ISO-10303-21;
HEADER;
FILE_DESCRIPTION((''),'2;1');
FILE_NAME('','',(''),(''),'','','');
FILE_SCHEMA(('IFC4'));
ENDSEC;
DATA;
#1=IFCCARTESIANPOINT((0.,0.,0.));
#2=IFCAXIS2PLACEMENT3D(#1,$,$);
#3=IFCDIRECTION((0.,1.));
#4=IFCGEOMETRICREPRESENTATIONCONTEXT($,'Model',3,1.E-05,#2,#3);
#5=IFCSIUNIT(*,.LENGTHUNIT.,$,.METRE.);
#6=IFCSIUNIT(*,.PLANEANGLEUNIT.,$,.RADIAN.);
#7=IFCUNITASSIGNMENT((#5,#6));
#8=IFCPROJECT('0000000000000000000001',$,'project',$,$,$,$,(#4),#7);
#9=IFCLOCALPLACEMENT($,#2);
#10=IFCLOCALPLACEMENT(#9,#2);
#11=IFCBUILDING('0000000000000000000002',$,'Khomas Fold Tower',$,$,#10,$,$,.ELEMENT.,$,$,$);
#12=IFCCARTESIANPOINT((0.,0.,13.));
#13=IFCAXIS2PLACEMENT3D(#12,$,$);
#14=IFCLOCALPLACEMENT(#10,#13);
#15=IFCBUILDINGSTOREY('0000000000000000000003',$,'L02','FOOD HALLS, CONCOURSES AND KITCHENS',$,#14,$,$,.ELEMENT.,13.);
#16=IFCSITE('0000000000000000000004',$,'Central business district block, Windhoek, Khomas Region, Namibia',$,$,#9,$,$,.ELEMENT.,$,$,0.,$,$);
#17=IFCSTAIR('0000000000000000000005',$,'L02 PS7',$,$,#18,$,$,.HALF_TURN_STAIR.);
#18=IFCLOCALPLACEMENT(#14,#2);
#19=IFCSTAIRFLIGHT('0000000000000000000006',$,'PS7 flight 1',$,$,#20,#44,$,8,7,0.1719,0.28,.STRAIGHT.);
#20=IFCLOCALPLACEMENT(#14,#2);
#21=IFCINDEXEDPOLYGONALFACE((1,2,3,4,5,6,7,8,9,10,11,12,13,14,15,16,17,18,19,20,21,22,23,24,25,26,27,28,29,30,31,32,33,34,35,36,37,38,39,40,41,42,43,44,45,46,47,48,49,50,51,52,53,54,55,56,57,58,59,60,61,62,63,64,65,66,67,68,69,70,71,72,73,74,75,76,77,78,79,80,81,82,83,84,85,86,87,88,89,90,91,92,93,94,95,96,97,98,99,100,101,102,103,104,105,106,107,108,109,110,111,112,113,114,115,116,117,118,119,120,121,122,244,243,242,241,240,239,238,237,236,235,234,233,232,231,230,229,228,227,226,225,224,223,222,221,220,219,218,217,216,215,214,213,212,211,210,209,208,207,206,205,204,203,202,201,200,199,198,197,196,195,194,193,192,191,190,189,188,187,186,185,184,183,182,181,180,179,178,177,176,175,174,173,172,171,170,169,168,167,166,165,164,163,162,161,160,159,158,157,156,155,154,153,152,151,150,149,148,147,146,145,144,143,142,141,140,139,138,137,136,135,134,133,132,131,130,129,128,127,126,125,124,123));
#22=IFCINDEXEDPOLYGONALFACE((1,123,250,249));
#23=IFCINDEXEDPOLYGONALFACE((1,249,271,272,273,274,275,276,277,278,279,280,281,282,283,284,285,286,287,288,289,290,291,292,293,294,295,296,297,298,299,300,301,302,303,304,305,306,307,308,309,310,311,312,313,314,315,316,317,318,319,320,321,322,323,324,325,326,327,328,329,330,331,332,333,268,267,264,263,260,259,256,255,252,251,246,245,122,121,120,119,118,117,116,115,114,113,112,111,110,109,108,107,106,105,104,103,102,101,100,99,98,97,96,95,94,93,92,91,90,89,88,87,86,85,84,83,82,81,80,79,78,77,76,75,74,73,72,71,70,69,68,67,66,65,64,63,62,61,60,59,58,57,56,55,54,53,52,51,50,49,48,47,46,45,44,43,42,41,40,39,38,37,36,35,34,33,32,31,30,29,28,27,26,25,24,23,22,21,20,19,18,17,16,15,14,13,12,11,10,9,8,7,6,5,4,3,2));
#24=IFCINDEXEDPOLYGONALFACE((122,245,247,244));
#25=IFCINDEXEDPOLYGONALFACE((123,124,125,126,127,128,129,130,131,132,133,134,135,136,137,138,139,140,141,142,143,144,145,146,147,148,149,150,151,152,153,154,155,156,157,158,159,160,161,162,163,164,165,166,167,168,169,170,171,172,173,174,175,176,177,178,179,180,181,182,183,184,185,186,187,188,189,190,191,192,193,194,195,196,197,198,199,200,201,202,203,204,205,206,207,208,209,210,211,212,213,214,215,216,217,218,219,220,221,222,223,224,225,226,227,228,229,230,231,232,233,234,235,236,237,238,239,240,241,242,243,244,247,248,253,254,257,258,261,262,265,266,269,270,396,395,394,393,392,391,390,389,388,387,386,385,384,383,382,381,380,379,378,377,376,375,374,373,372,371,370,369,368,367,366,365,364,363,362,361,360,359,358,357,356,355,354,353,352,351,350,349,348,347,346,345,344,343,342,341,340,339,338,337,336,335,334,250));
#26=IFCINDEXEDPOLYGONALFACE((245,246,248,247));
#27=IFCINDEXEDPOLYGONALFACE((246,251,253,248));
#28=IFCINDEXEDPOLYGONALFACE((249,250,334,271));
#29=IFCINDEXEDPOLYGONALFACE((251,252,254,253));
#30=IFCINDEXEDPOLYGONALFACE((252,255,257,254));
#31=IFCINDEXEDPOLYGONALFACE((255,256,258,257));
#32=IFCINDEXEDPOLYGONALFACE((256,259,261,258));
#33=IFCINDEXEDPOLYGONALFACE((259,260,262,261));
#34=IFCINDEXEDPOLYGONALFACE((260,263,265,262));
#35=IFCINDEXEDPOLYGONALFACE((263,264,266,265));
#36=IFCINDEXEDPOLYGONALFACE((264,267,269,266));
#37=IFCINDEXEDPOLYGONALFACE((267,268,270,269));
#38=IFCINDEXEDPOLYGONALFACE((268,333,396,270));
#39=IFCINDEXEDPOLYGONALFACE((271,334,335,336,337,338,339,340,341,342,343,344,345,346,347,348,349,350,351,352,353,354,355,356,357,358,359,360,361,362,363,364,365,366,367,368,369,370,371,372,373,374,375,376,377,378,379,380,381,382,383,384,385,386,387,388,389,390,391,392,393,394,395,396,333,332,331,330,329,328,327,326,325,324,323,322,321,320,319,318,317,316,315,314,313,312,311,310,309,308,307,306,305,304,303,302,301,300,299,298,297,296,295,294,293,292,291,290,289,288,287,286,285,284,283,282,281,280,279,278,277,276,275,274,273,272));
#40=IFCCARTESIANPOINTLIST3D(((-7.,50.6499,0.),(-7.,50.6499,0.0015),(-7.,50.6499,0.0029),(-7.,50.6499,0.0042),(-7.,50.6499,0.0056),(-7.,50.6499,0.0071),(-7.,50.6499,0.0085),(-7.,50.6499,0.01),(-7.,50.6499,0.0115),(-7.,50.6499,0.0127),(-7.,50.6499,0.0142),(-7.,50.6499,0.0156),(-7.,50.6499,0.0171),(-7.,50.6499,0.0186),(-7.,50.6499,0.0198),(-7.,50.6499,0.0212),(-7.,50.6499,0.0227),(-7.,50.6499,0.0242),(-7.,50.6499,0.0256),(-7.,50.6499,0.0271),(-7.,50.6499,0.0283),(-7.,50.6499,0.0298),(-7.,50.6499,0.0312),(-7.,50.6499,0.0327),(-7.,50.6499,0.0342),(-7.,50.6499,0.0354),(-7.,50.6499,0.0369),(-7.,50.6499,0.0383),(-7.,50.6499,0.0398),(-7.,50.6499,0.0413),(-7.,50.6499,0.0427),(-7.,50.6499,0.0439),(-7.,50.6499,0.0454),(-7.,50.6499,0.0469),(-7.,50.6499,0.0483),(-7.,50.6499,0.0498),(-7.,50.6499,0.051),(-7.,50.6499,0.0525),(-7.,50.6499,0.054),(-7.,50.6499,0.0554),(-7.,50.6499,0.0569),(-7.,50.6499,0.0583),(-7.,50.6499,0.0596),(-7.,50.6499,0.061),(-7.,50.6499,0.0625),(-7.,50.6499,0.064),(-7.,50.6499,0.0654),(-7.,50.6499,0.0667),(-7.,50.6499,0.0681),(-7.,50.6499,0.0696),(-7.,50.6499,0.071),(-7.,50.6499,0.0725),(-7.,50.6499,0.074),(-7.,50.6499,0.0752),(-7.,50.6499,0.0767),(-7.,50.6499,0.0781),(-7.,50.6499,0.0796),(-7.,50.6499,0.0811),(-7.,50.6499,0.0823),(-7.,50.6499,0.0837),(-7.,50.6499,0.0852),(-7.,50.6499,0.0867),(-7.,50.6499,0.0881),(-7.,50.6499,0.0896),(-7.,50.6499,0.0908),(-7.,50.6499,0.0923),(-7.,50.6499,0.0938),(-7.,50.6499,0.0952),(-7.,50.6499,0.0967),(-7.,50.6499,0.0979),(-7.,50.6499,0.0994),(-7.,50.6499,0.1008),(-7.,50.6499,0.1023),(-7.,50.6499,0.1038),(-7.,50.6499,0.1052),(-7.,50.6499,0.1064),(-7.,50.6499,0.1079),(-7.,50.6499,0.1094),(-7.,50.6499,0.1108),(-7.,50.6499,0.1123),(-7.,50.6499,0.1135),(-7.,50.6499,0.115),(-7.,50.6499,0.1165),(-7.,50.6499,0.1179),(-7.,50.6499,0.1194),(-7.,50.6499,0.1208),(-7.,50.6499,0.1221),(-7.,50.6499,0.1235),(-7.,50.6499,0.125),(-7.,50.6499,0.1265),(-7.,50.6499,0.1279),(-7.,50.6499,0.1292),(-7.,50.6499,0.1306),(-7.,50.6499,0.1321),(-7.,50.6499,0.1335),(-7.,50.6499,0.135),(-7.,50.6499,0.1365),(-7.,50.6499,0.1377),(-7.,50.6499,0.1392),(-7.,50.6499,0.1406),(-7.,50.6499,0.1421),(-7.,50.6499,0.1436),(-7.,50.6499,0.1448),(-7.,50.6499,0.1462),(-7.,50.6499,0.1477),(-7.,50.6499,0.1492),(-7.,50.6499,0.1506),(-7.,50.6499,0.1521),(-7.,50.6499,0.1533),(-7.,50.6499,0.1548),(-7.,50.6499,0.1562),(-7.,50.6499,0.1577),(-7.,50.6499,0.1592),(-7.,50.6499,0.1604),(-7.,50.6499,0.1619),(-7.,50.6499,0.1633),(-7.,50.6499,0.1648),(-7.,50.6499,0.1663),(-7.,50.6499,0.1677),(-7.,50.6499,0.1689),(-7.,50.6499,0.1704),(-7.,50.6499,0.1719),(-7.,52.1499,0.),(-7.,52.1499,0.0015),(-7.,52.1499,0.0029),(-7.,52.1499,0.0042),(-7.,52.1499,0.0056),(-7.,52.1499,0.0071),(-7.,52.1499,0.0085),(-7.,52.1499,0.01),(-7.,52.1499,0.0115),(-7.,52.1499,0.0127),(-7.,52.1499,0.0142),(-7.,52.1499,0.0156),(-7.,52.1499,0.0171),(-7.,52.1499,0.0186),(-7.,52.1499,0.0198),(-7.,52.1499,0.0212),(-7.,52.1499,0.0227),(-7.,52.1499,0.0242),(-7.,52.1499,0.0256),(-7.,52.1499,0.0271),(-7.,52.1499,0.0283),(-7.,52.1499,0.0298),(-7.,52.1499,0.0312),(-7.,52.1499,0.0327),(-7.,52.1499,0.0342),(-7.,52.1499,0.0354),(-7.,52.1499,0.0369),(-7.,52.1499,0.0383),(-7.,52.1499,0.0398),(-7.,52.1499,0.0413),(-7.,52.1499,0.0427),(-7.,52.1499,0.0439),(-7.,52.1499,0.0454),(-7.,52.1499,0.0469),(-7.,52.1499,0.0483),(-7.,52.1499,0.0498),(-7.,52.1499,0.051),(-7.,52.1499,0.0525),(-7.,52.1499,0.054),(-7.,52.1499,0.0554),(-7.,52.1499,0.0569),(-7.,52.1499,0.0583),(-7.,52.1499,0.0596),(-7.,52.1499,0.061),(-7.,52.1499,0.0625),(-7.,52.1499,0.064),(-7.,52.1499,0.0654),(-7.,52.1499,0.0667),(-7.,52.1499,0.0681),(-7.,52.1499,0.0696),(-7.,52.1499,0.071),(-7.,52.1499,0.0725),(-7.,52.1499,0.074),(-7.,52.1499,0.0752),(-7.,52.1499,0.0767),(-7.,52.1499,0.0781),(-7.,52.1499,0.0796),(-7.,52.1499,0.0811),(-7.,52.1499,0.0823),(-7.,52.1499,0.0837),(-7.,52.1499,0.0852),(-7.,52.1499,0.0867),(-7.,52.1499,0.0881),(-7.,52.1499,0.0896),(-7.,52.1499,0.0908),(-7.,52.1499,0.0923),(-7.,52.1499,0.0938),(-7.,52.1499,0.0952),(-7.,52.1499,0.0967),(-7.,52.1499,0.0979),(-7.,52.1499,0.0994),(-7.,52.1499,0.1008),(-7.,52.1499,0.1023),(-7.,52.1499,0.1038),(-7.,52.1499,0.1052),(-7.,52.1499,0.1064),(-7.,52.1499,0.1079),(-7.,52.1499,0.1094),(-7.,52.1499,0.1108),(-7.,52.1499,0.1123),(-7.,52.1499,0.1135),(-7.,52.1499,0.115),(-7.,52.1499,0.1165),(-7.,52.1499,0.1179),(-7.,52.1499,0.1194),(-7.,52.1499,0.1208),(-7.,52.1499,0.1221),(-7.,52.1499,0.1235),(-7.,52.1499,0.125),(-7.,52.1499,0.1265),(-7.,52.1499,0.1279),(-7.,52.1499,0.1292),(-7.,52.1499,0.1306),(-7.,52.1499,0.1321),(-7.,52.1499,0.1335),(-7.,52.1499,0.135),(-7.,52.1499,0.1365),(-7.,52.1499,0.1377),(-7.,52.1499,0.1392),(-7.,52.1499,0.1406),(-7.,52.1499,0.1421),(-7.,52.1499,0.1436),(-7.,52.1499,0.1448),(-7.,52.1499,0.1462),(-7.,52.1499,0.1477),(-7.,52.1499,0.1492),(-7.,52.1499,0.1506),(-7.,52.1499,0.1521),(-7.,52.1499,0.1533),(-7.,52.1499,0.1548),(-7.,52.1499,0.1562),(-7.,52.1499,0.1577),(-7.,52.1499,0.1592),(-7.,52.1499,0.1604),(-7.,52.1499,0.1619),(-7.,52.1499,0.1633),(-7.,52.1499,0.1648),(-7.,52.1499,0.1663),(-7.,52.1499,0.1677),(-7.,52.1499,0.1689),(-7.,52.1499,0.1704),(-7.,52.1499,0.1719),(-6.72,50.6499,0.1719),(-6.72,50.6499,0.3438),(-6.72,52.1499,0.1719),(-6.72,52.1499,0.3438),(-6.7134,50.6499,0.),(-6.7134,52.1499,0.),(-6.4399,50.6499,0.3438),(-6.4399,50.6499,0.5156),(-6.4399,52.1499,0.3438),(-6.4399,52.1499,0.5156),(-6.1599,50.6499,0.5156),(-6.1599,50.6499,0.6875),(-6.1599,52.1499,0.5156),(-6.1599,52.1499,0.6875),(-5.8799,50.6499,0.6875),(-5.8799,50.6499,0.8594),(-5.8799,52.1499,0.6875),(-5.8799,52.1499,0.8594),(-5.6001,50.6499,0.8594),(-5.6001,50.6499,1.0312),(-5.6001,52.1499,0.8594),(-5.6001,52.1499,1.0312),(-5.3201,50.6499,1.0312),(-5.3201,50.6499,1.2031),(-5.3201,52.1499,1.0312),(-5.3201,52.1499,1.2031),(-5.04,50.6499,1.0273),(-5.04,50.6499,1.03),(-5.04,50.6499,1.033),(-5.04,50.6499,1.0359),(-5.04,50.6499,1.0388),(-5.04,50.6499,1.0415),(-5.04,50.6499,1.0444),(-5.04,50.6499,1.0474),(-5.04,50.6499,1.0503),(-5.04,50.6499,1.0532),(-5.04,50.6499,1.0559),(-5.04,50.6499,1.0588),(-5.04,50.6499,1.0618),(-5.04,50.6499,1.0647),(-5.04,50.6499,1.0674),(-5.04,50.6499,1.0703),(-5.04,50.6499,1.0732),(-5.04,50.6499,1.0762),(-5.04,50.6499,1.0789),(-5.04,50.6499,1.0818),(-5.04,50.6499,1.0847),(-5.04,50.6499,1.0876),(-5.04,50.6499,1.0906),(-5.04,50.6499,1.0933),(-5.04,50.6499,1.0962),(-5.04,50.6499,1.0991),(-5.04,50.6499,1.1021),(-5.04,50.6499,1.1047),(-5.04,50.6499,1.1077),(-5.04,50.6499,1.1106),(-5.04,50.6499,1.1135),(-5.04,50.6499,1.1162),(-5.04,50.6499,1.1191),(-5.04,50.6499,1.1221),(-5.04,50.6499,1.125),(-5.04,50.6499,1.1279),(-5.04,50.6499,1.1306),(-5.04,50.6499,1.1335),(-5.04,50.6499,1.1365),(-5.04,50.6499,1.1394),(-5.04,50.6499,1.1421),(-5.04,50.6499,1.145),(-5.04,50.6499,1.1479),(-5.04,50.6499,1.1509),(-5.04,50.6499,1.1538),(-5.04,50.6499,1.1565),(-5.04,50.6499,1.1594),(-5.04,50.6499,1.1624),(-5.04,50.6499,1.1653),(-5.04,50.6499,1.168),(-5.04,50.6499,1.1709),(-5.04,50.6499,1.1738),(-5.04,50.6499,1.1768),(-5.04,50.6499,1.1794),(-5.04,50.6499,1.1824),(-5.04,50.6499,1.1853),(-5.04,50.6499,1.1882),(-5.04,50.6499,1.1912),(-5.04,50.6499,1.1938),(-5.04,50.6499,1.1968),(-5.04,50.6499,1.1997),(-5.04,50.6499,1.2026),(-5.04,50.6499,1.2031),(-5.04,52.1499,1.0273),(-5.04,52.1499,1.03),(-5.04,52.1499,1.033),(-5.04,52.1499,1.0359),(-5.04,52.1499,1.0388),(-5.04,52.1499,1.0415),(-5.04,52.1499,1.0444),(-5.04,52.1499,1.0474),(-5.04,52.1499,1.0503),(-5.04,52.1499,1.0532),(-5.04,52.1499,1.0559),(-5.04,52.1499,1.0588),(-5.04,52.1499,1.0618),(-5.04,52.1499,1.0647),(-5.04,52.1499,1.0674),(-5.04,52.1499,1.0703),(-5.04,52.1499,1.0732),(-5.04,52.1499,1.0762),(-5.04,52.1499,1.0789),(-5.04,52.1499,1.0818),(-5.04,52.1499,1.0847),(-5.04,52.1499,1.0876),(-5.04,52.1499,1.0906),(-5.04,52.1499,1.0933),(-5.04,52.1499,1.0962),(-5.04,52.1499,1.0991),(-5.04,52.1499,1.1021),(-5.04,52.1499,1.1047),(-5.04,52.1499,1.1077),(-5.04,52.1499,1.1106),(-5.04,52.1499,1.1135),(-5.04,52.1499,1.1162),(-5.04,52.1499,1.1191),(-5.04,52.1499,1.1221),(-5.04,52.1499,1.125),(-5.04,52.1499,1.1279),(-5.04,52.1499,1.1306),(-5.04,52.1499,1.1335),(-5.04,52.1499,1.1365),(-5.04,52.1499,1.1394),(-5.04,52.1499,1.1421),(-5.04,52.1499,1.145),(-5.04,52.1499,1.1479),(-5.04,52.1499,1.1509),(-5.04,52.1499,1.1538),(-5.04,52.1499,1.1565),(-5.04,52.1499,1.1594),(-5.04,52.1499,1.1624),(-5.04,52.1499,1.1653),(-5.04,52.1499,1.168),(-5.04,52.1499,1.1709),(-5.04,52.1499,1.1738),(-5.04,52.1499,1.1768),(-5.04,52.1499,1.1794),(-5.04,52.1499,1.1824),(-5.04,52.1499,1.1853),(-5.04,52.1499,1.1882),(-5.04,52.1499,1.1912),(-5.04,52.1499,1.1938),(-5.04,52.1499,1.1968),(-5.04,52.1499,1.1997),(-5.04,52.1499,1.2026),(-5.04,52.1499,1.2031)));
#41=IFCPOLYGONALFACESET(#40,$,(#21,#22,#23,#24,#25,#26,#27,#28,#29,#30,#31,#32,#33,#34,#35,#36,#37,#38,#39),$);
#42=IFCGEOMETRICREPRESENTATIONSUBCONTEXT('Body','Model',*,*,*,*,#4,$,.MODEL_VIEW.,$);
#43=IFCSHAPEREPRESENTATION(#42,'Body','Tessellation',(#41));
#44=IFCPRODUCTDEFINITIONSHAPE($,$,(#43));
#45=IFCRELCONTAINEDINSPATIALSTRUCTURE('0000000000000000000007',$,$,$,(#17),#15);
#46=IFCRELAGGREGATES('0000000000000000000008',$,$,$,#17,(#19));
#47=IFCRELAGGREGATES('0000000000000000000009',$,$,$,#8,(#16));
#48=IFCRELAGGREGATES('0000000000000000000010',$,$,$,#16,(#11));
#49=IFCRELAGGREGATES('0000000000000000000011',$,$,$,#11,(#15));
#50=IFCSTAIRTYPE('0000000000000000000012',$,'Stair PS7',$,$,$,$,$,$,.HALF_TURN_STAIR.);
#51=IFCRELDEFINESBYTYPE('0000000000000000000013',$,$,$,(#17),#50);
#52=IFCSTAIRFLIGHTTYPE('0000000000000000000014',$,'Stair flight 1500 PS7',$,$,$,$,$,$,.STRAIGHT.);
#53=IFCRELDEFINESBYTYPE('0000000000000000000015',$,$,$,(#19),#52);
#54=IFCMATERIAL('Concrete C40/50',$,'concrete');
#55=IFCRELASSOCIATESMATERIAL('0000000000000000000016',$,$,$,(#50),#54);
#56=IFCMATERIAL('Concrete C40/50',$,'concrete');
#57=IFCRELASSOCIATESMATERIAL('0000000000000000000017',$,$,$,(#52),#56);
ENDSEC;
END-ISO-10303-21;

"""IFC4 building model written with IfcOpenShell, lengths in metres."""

from ifc_helpers import new_model, si_unit, direction, frame, origin, place, context, subcontext, project, spatial, polyline, outline, extrude, source, transform, mapped, material, type_object, element, aggregate, save


model = new_model("IFC4")

# Units and contexts
model_context = context("Model", 3, precision=1e-05, world=origin(), true_north=direction((0.0, 1.0)))
body_context = subcontext(model_context, "Body", "Model", "MODEL_VIEW")
ifc_project = project(units=[si_unit("LENGTHUNIT", "METRE"), si_unit("PLANEANGLEUNIT", "RADIAN")], contexts=[model_context])

# Site, building, storey
site_placement = place(None, origin())
site = spatial("IfcSite", under=ifc_project, at=site_placement, Name="Central business district block, Windhoek, Khomas Region, Namibia", CompositionType="ELEMENT", RefElevation=0.0)
building_placement = place(site_placement, origin())
building = spatial("IfcBuilding", under=site, at=building_placement, Name="Khomas Fold Tower", CompositionType="ELEMENT")
storey_placement = place(building_placement, frame((0.0, 0.0, 13.0)))
storey = spatial("IfcBuildingStorey", under=building, at=storey_placement, Name="L02", Description="FOOD HALLS, CONCOURSES AND KITCHENS", CompositionType="ELEMENT", Elevation=13.0)

# Stair, stair flight
ifc_material_1 = material(Name="Concrete C40/50", Category="concrete")
stair_type = type_object("IfcStairType", Name="Stair PS7", PredefinedType="HALF_TURN_STAIR", material=ifc_material_1)
stair_placement = place(storey_placement, origin())
stair = element("IfcStair", 1, at=stair_placement, inside=storey, type_object=stair_type, Name="L02 PS7", PredefinedType="HALF_TURN_STAIR")
ifc_material_2 = material(Name="Concrete C40/50", Category="concrete")
stair_flight_type = type_object("IfcStairFlightType", Name="Stair flight 1500 PS7", PredefinedType="STRAIGHT", material=ifc_material_2)
shared_shape_1 = source(origin(), body_context, "Body", "SweptSolid", [
    extrude(outline(polyline([(0.0, 0.0), (0.0, 0.0015), (0.0, 0.0029), (0.0, 0.0042), (0.0, 0.0056), (0.0, 0.0071), (0.0, 0.0085), (0.0, 0.01), (0.0, 0.0115), (0.0, 0.0127), (0.0, 0.0142), (0.0, 0.0156), (0.0, 0.0171), (0.0, 0.0186), (0.0, 0.0198), (0.0, 0.0212), (0.0, 0.0227), (0.0, 0.0242), (0.0, 0.0256), (0.0, 0.0271), (0.0, 0.0283), (0.0, 0.0298), (0.0, 0.0312), (0.0, 0.0327), (0.0, 0.0342), (0.0, 0.0354), (0.0, 0.0369), (0.0, 0.0383), (0.0, 0.0398), (0.0, 0.0413), (0.0, 0.0427), (0.0, 0.0439), (0.0, 0.0454), (0.0, 0.0469), (0.0, 0.0483), (0.0, 0.0498), (0.0, 0.051), (0.0, 0.0525), (0.0, 0.054), (0.0, 0.0554), (0.0, 0.0569), (0.0, 0.0583), (0.0, 0.0596), (0.0, 0.061), (0.0, 0.0625), (0.0, 0.064), (0.0, 0.0654), (0.0, 0.0667), (0.0, 0.0681), (0.0, 0.0696), (0.0, 0.071), (0.0, 0.0725), (0.0, 0.074), (0.0, 0.0752), (0.0, 0.0767), (0.0, 0.0781), (0.0, 0.0796), (0.0, 0.0811), (0.0, 0.0823), (0.0, 0.0837), (0.0, 0.0852), (0.0, 0.0867), (0.0, 0.0881), (0.0, 0.0896), (0.0, 0.0908), (0.0, 0.0923), (0.0, 0.0938), (0.0, 0.0952), (0.0, 0.0967), (0.0, 0.0979), (0.0, 0.0994), (0.0, 0.1008), (0.0, 0.1023), (0.0, 0.1038), (0.0, 0.1052), (0.0, 0.1064), (0.0, 0.1079), (0.0, 0.1094), (0.0, 0.1108), (0.0, 0.1123), (0.0, 0.1135), (0.0, 0.115), (0.0, 0.1165), (0.0, 0.1179), (0.0, 0.1194), (0.0, 0.1208), (0.0, 0.1221), (0.0, 0.1235), (0.0, 0.125), (0.0, 0.1265), (0.0, 0.1279), (0.0, 0.1292), (0.0, 0.1306), (0.0, 0.1321), (0.0, 0.1335), (0.0, 0.135), (0.0, 0.1365), (0.0, 0.1377), (0.0, 0.1392), (0.0, 0.1406), (0.0, 0.1421), (0.0, 0.1436), (0.0, 0.1448), (0.0, 0.1462), (0.0, 0.1477), (0.0, 0.1492), (0.0, 0.1506), (0.0, 0.1521), (0.0, 0.1533), (0.0, 0.1548), (0.0, 0.1562), (0.0, 0.1577), (0.0, 0.1592), (0.0, 0.1604), (0.0, 0.1619), (0.0, 0.1633), (0.0, 0.1648), (0.0, 0.1663), (0.0, 0.1677), (0.0, 0.1689), (0.0, 0.1704), (0.0, 0.1719), (0.28, 0.1719), (0.28, 0.3438), (0.5601, 0.3438), (0.5601, 0.5156), (0.8401, 0.5156), (0.8401, 0.6875), (1.1201, 0.6875), (1.1201, 0.8594), (1.3999, 0.8594), (1.3999, 1.0312), (1.6799, 1.0312), (1.6799, 1.2031), (1.96, 1.2031), (1.96, 1.375), (1.96, 1.3721), (1.96, 1.3691), (1.96, 1.3665), (1.96, 1.3635), (1.96, 1.3606), (1.96, 1.3577), (1.96, 1.355), (1.96, 1.3521), (1.96, 1.3491), (1.96, 1.3462), (1.96, 1.3435), (1.96, 1.3406), (1.96, 1.3376), (1.96, 1.3347), (1.96, 1.3318), (1.96, 1.3291), (1.96, 1.3262), (1.96, 1.3232), (1.96, 1.3203), (1.96, 1.3176), (1.96, 1.3147), (1.96, 1.3118), (1.96, 1.3088), (1.96, 1.3059), (1.96, 1.3032), (1.96, 1.3003), (1.96, 1.2974), (1.96, 1.2944), (1.96, 1.2917), (1.96, 1.2888), (1.96, 1.2859), (1.96, 1.283), (1.96, 1.2803), (1.96, 1.2773), (1.96, 1.2744), (1.96, 1.2715), (1.96, 1.2686), (1.96, 1.2659), (1.96, 1.2629), (1.96, 1.26), (1.96, 1.2571), (1.96, 1.2544), (1.96, 1.2515), (1.96, 1.2485), (1.96, 1.2456), (1.96, 1.2427), (1.96, 1.24), (1.96, 1.2371), (1.96, 1.2341), (1.96, 1.2312), (1.96, 1.2285), (1.96, 1.2256), (1.96, 1.2227), (1.96, 1.2197), (1.96, 1.217), (1.96, 1.2141), (1.96, 1.2112), (1.96, 1.2083), (1.96, 1.2053), (1.96, 1.2026), (1.96, 1.1997), (1.96, 1.1968), (1.96, 1.1938), (1.96, 1.1912), (1.96, 1.1882), (1.96, 1.1853), (1.96, 1.1824), (1.96, 1.1794), (1.96, 1.1768), (1.96, 1.1738), (1.96, 1.1709), (1.96, 1.168), (1.96, 1.1653), (1.96, 1.1624), (1.96, 1.1594), (1.96, 1.1565), (1.96, 1.1538), (1.96, 1.1509), (1.96, 1.1479), (1.96, 1.145), (1.96, 1.1421), (1.96, 1.1394), (1.96, 1.1365), (1.96, 1.1335), (1.96, 1.1306), (1.96, 1.1279), (1.96, 1.125), (1.96, 1.1221), (1.96, 1.1191), (1.96, 1.1162), (1.96, 1.1135), (1.96, 1.1106), (1.96, 1.1077), (1.96, 1.1047), (1.96, 1.1021), (1.96, 1.0991), (1.96, 1.0962), (1.96, 1.0933), (1.96, 1.0906), (1.96, 1.0876), (1.96, 1.0847), (1.96, 1.0818), (1.96, 1.0789), (1.96, 1.0762), (1.96, 1.0732), (1.96, 1.0703), (1.96, 1.0674), (1.96, 1.0647), (1.96, 1.0618), (1.96, 1.0588), (1.96, 1.0559), (1.96, 1.0532), (1.96, 1.0503), (1.96, 1.0474), (1.96, 1.0444), (1.96, 1.0415), (1.96, 1.0388), (1.96, 1.0359), (1.96, 1.033), (1.96, 1.03), (1.96, 1.0273), (0.2866, 0.0), (0.0, 0.0)])), frame((0.0, 0.75, 0.0), z_axis=(0.0, -1.0, 0.0), x_axis=(1.0, 0.0, 0.0)), (0.0, 0.0, 1.0), 1.5),
])
stair_flight_1_placement = place(storey_placement, frame((-7.0, 51.3999, 0.0), z_axis=(0.0, 0.0, 1.0), x_axis=(1.0, 0.0, 0.0)))
stair_flight_1 = element("IfcStairFlight", 2, at=stair_flight_1_placement, type_object=stair_flight_type, Name="PS7 flight 1", NumberOfRisers=8, NumberOfTreads=7, PredefinedType="STRAIGHT", RiserHeight=0.1719, TreadLength=0.28, context=body_context, shape_type="MappedRepresentation", body=[
    mapped(shared_shape_1, transform((0.0, 0.0, 0.0))),
])
aggregate(stair, [stair_flight_1])

save(model, "model.ifc")
